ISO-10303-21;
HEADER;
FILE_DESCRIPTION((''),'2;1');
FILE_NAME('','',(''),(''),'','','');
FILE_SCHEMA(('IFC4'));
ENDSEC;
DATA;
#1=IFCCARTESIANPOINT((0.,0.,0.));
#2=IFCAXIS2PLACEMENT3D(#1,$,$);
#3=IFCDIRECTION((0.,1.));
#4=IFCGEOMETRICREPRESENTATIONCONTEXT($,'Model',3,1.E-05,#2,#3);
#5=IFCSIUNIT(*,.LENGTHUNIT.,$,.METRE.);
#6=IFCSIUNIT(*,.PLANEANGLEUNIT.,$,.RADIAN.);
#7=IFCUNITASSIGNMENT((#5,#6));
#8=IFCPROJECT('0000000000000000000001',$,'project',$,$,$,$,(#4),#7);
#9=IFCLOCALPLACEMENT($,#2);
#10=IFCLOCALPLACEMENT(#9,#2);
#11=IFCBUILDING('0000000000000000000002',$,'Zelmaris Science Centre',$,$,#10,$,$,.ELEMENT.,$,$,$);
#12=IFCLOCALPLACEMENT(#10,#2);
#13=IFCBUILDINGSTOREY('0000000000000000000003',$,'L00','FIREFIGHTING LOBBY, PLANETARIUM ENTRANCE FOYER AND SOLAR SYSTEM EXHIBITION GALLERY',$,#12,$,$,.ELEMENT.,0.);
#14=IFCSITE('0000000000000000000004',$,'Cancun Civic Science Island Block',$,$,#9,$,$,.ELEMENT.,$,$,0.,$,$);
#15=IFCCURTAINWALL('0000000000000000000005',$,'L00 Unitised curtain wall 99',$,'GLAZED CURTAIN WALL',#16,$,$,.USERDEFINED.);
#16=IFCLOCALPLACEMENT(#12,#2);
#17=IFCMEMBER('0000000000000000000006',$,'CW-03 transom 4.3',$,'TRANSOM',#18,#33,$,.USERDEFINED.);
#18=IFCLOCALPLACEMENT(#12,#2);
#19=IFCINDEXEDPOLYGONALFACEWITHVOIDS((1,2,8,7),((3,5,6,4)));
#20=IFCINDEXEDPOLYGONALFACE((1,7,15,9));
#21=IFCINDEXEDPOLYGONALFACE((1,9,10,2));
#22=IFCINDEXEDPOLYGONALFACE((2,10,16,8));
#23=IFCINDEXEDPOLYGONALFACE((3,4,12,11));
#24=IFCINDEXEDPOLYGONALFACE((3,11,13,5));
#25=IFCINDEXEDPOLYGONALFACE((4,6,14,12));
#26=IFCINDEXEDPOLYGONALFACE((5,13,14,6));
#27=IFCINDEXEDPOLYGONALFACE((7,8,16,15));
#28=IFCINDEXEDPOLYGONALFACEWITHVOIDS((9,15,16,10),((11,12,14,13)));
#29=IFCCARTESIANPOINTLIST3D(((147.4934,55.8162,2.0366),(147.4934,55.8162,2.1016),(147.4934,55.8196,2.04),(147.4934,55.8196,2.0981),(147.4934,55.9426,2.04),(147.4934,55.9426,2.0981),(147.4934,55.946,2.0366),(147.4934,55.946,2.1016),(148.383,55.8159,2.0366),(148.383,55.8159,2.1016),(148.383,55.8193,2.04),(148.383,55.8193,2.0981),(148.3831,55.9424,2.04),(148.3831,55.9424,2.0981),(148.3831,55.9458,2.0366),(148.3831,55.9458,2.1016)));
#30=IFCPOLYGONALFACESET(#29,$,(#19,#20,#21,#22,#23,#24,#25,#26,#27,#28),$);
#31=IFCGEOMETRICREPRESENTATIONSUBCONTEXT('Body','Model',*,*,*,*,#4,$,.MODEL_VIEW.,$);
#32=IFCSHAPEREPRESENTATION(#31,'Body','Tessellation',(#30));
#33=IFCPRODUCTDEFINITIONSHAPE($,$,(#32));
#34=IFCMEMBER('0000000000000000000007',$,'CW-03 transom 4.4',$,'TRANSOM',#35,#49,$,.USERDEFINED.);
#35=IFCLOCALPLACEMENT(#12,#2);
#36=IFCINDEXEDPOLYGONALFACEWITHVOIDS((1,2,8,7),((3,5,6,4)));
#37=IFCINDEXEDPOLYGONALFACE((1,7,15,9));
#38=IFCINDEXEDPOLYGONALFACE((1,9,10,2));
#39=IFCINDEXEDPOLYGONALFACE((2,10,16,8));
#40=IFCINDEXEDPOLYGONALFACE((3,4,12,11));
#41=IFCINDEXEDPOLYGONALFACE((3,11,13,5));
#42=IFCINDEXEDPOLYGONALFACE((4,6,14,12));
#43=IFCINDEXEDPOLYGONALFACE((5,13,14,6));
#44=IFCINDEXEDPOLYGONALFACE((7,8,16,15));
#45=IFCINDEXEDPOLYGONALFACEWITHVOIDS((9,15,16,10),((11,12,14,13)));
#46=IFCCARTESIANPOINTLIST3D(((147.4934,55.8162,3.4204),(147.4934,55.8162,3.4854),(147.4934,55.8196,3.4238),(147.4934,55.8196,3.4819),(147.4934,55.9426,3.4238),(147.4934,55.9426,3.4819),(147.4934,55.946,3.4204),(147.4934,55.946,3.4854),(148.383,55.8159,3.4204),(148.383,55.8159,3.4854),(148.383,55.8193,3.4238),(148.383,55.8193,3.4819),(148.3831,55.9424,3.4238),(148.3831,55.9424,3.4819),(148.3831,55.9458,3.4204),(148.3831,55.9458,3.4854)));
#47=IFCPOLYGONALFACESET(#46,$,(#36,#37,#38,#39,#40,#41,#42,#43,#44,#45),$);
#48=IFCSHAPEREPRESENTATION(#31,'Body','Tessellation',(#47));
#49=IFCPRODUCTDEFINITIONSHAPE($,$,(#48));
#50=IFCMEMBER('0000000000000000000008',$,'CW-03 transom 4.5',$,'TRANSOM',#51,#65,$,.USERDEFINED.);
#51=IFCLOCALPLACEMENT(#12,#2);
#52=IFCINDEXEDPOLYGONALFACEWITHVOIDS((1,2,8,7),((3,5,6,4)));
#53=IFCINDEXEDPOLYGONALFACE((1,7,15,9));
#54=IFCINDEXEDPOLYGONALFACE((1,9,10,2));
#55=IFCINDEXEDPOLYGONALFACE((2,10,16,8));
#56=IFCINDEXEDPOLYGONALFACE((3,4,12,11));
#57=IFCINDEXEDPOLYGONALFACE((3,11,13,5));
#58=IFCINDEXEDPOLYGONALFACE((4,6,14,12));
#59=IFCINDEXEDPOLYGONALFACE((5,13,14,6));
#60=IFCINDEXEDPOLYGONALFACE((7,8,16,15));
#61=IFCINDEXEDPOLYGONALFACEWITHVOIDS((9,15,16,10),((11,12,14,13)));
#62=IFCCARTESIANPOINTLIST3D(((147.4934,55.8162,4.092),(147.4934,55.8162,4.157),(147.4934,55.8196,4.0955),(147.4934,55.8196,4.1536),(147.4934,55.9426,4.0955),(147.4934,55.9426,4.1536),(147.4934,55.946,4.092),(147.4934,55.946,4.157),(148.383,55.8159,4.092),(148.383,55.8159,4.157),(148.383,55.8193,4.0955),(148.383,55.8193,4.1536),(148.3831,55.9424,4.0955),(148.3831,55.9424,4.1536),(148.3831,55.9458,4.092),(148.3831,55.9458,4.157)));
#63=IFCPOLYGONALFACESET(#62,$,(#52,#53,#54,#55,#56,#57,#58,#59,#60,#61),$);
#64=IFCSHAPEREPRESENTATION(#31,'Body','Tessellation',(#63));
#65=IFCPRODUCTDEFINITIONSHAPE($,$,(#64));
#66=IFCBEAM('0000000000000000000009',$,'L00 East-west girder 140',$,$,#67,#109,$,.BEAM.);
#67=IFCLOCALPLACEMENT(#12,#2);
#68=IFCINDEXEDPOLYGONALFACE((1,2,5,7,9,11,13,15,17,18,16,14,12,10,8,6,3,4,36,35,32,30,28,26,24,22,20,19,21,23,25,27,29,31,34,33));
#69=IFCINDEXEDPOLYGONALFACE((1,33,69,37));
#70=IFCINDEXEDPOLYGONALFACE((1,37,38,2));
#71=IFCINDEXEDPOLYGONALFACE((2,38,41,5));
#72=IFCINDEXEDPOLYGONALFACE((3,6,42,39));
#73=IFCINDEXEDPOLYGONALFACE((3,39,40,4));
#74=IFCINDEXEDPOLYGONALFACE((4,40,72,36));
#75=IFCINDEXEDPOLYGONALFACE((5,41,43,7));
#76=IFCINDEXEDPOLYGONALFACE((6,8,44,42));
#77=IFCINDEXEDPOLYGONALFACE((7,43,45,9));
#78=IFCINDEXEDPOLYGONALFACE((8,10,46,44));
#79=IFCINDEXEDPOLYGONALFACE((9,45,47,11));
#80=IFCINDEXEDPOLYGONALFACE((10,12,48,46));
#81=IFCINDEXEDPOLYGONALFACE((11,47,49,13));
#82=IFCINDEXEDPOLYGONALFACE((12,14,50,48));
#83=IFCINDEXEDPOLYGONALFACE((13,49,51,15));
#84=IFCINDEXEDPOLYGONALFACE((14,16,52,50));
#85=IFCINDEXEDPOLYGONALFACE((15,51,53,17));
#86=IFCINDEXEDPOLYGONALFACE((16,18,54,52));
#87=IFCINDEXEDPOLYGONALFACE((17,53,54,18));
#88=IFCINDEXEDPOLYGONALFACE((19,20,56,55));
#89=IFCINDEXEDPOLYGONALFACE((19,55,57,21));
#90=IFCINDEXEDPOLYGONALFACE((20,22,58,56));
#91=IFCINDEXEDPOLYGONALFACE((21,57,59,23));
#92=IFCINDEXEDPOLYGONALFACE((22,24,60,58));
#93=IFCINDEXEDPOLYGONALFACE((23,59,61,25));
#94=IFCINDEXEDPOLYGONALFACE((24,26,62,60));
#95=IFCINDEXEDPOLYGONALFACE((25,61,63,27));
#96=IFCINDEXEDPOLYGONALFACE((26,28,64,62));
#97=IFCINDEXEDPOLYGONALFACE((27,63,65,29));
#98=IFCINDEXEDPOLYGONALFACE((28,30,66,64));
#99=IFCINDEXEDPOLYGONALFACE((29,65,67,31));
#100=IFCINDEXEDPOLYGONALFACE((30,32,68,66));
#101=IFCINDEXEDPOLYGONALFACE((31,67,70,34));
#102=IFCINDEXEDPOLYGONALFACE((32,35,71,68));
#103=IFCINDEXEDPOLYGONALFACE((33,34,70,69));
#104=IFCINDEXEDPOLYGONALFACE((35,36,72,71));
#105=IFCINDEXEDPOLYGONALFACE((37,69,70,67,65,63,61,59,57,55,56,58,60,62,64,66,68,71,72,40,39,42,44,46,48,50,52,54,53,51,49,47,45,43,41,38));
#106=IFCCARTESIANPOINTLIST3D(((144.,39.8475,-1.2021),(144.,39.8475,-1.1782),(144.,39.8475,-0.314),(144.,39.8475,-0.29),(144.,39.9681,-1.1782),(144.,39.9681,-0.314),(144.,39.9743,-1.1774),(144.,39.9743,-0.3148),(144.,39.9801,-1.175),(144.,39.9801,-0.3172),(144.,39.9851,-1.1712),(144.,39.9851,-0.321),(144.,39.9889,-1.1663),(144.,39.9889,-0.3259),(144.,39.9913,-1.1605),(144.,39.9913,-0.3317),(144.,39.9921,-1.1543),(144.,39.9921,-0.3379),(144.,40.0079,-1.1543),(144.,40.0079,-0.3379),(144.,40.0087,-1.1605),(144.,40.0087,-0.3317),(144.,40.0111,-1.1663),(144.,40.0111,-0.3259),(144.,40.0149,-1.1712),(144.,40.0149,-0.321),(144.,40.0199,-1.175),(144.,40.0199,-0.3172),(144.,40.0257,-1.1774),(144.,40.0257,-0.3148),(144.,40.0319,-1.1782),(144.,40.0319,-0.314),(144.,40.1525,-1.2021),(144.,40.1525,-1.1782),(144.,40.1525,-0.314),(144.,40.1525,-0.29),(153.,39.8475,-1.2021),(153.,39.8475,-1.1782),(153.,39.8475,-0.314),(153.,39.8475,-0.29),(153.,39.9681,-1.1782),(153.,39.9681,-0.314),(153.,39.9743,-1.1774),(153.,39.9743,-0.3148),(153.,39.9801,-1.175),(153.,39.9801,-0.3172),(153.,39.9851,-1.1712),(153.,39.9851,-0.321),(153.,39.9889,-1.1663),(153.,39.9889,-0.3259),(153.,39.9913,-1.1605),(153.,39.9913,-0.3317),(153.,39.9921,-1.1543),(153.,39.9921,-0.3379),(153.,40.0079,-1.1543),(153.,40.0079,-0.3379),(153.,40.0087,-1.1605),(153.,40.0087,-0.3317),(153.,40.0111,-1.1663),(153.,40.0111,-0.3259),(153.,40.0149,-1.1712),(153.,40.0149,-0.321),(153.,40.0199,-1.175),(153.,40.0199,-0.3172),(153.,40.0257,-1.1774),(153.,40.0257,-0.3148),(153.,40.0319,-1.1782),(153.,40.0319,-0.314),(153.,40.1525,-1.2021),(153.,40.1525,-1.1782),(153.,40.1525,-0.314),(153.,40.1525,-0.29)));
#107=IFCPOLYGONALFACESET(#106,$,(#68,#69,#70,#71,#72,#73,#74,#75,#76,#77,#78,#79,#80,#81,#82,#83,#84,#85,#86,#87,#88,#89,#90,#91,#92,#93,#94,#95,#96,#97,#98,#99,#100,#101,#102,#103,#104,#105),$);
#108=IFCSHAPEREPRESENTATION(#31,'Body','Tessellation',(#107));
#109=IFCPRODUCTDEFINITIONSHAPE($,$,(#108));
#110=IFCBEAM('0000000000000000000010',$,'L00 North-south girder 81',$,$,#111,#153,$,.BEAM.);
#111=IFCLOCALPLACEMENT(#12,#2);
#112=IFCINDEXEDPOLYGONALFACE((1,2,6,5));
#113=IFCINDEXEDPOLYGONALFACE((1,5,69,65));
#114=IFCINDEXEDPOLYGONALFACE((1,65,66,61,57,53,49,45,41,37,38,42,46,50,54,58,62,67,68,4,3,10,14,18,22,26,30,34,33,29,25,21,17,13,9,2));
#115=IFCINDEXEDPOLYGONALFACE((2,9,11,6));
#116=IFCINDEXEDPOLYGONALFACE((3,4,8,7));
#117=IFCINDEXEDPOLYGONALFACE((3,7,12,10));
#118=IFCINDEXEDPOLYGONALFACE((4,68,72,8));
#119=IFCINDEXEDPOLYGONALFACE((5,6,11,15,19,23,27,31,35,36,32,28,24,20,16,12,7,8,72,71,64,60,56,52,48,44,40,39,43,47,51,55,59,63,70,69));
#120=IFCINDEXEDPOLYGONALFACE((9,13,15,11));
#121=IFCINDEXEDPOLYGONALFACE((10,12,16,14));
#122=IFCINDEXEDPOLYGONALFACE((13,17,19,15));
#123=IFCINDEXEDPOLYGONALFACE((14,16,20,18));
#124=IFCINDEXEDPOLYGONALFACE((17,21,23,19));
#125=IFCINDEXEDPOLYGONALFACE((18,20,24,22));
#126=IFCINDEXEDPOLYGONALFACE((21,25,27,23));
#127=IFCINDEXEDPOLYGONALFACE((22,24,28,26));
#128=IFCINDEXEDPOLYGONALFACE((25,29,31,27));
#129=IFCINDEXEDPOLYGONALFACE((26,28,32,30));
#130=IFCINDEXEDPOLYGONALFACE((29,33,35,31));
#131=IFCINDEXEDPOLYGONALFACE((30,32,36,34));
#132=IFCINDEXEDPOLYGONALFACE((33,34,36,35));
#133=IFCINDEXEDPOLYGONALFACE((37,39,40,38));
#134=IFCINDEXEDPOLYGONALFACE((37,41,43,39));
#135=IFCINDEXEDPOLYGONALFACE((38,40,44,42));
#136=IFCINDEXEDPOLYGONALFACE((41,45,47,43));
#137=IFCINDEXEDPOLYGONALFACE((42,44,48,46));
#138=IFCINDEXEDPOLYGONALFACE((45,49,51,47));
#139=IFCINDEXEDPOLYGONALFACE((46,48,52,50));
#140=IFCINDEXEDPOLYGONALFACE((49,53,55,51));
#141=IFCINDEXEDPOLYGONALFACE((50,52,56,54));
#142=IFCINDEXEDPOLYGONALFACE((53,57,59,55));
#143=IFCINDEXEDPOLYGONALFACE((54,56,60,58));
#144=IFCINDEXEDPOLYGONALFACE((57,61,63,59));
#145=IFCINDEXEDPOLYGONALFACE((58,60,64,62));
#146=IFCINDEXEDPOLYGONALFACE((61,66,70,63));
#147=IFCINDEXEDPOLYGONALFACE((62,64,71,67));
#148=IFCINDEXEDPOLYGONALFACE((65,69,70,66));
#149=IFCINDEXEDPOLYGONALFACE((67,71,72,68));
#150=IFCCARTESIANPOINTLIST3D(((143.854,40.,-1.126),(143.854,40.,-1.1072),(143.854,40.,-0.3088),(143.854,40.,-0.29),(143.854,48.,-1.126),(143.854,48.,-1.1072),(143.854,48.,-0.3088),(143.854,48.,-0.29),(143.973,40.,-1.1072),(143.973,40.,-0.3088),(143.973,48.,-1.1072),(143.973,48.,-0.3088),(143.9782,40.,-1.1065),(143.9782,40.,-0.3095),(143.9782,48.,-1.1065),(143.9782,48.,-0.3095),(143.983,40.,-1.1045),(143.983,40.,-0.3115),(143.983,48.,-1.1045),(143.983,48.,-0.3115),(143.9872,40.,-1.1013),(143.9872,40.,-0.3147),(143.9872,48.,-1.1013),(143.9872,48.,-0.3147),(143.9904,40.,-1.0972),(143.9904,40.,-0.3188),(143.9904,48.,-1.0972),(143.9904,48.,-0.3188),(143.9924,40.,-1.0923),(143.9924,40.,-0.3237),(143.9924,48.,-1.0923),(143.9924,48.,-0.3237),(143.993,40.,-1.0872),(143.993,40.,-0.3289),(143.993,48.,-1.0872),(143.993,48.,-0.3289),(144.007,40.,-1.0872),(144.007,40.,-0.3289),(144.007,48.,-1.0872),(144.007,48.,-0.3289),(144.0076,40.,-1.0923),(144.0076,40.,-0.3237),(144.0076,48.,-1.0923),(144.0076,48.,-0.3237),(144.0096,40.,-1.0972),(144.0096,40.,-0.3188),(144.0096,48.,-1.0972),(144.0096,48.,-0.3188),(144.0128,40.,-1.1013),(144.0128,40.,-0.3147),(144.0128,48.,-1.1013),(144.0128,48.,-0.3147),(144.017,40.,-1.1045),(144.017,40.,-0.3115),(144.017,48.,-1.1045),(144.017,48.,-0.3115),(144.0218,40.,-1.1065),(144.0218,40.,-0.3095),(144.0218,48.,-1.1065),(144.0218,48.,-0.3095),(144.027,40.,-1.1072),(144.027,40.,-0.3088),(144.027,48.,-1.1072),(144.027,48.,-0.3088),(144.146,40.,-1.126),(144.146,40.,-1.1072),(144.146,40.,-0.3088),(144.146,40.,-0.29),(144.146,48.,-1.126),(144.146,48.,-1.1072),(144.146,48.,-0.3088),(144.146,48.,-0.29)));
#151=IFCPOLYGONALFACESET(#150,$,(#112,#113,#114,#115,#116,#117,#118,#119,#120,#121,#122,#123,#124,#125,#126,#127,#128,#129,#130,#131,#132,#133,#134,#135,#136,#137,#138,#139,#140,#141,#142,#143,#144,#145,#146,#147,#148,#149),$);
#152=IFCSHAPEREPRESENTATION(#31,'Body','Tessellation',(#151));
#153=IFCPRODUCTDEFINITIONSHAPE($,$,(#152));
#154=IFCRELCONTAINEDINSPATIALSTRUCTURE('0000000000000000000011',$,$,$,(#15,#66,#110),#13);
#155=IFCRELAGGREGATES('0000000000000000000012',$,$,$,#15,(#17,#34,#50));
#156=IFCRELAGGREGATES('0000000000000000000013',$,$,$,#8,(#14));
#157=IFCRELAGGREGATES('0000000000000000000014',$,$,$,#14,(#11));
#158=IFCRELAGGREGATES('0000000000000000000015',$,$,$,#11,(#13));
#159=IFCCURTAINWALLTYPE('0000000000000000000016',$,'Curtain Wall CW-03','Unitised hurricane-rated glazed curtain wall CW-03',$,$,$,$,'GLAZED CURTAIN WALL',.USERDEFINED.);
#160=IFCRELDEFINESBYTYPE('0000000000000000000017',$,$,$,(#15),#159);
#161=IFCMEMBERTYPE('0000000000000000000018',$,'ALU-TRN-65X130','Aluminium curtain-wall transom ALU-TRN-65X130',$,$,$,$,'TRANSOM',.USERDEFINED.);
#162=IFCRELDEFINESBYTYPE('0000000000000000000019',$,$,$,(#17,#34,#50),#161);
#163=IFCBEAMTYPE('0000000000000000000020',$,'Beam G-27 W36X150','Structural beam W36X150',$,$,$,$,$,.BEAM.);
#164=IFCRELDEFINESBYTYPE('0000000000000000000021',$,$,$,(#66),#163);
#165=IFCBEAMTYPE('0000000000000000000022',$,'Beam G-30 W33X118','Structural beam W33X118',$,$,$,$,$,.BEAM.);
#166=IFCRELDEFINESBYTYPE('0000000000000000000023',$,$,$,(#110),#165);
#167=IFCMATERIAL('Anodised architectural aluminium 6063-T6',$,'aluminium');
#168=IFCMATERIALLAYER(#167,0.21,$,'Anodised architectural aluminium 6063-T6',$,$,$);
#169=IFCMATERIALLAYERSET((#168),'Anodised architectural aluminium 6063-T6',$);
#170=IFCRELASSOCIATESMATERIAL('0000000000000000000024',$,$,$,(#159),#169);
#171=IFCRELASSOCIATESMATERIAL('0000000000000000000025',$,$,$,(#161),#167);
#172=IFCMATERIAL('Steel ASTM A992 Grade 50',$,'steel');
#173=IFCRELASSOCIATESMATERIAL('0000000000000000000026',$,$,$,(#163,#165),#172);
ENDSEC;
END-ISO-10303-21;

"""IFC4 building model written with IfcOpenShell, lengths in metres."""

from ifc_helpers import new_model, si_unit, direction, frame, origin, origin_2d, place, context, subcontext, project, spatial, hollow_rectangle, i_section, extrude, material, layer, layer_set, material_profile, profile_set, type_object, element, aggregate, save


model = new_model("IFC4")

# Units and contexts
model_context = context("Model", 3, precision=1e-05, world=origin(), true_north=direction((0.0, 1.0)))
body_context = subcontext(model_context, "Body", "Model", "MODEL_VIEW")
ifc_project = project(units=[si_unit("LENGTHUNIT", "METRE"), si_unit("PLANEANGLEUNIT", "RADIAN")], contexts=[model_context])

# Site, building, storey
site_placement = place(None, origin())
site = spatial("IfcSite", under=ifc_project, at=site_placement, Name="Cancun Civic Science Island Block", CompositionType="ELEMENT", RefElevation=0.0)
building_placement = place(site_placement, origin())
building = spatial("IfcBuilding", under=site, at=building_placement, Name="Zelmaris Science Centre", CompositionType="ELEMENT")
storey_placement = place(building_placement, origin())
storey = spatial("IfcBuildingStorey", under=building, at=storey_placement, Name="L00", Description="FIREFIGHTING LOBBY, PLANETARIUM ENTRANCE FOYER AND SOLAR SYSTEM EXHIBITION GALLERY", CompositionType="ELEMENT", Elevation=0.0)

# Shared definitions
ifc_material_1 = material(Name="Steel ASTM A992 Grade 50", Category="steel")

# Curtain wall, members
ifc_material_2 = material(Name="Anodised architectural aluminium 6063-T6", Category="aluminium")
ifc_layer_1 = layer(ifc_material_2, 0.21, Name="Anodised architectural aluminium 6063-T6")
ifc_layer_set_1 = layer_set([ifc_layer_1], Name="Anodised architectural aluminium 6063-T6")
curtain_wall_type = type_object("IfcCurtainWallType", Name="Curtain Wall CW-03", Description="Unitised hurricane-rated glazed curtain wall CW-03", ElementType="GLAZED CURTAIN WALL", PredefinedType="USERDEFINED", material=ifc_layer_set_1)
curtain_wall_placement = place(storey_placement, origin())
curtain_wall = element("IfcCurtainWall", 1, at=curtain_wall_placement, inside=storey, type_object=curtain_wall_type, Name="L00 Unitised curtain wall 99", ObjectType="GLAZED CURTAIN WALL", PredefinedType="USERDEFINED")
ifc_material_profile_1 = material_profile(ifc_material_2, hollow_rectangle(XDim=0.0649, YDim=0.1299, WallThickness=0.0034, at=origin_2d()), Name="ALU-TRN-65X130")
ifc_profile_set_1 = profile_set([ifc_material_profile_1], Name="Anodised architectural aluminium 6063-T6")
member_type_1 = type_object("IfcMemberType", Name="ALU-TRN-65X130", Description="Aluminium curtain-wall transom ALU-TRN-65X130", ElementType="TRANSOM", PredefinedType="USERDEFINED", material=ifc_profile_set_1)
member_1_placement = place(storey_placement, frame((147.4934, 55.8811, 2.0691), z_axis=(1.0, -0.000274, 0.0), x_axis=(0.0, 0.0, 1.0)))
member_1 = element("IfcMember", 2, at=member_1_placement, type_object=member_type_1, Name="CW-03 transom 4.3", ObjectType="TRANSOM", PredefinedType="USERDEFINED", context=body_context, shape_type="SweptSolid", body=[
    extrude(hollow_rectangle(XDim=0.0649, YDim=0.1299, WallThickness=0.0034, at=origin_2d()), origin(), (0.0, 0.0, 1.0), 0.8896),
])
member_2_placement = place(storey_placement, frame((147.4934, 55.8811, 3.4529), z_axis=(1.0, -0.000274, 0.0), x_axis=(0.0, 0.0, 1.0)))
member_2 = element("IfcMember", 3, at=member_2_placement, type_object=member_type_1, Name="CW-03 transom 4.4", ObjectType="TRANSOM", PredefinedType="USERDEFINED", context=body_context, shape_type="SweptSolid", body=[
    extrude(hollow_rectangle(XDim=0.0649, YDim=0.1299, WallThickness=0.0034, at=origin_2d()), origin(), (0.0, 0.0, 1.0), 0.8896),
])
member_3_placement = place(storey_placement, frame((147.4934, 55.8811, 4.1245), z_axis=(1.0, -0.000274, 0.0), x_axis=(0.0, 0.0, 1.0)))
member_3 = element("IfcMember", 4, at=member_3_placement, type_object=member_type_1, Name="CW-03 transom 4.5", ObjectType="TRANSOM", PredefinedType="USERDEFINED", context=body_context, shape_type="SweptSolid", body=[
    extrude(hollow_rectangle(XDim=0.0649, YDim=0.1299, WallThickness=0.0034, at=origin_2d()), origin(), (0.0, 0.0, 1.0), 0.8896),
])

# Beams
ifc_material_profile_2 = material_profile(ifc_material_1, i_section(OverallWidth=0.3049, OverallDepth=0.9121, WebThickness=0.0159, FlangeThickness=0.0239, FilletRadius=0.0239, at=origin_2d()), Name="W36X150")
ifc_profile_set_2 = profile_set([ifc_material_profile_2], Name="Steel ASTM A992 Grade 50")
beam_type_1 = type_object("IfcBeamType", Name="Beam G-27 W36X150", Description="Structural beam W36X150", PredefinedType="BEAM", material=ifc_profile_set_2)
beam_1_placement = place(storey_placement, frame((144.0, 40.0, -0.7461), z_axis=(1.0, 0.0, 0.0), x_axis=(0.0, 1.0, 0.0)))
element("IfcBeam", 5, at=beam_1_placement, inside=storey, type_object=beam_type_1, Name="L00 East-west girder 140", PredefinedType="BEAM", context=body_context, shape_type="SweptSolid", body=[
    extrude(i_section(OverallWidth=0.3049, OverallDepth=0.9121, WebThickness=0.0159, FlangeThickness=0.0239, FilletRadius=0.0239, at=origin_2d()), origin(), (0.0, 0.0, 1.0), 9.0),
])
ifc_material_profile_3 = material_profile(ifc_material_1, i_section(OverallWidth=0.292, OverallDepth=0.8359, WebThickness=0.0139, FlangeThickness=0.0188, FilletRadius=0.02, at=origin_2d()), Name="W33X118")
ifc_profile_set_3 = profile_set([ifc_material_profile_3], Name="Steel ASTM A992 Grade 50")
beam_type_2 = type_object("IfcBeamType", Name="Beam G-30 W33X118", Description="Structural beam W33X118", PredefinedType="BEAM", material=ifc_profile_set_3)
beam_2_placement = place(storey_placement, frame((144.0, 40.0, -0.708), z_axis=(0.0, 1.0, 0.0), x_axis=(-1.0, 0.0, 0.0)))
element("IfcBeam", 6, at=beam_2_placement, inside=storey, type_object=beam_type_2, Name="L00 North-south girder 81", PredefinedType="BEAM", context=body_context, shape_type="SweptSolid", body=[
    extrude(i_section(OverallWidth=0.292, OverallDepth=0.8359, WebThickness=0.0139, FlangeThickness=0.0188, FilletRadius=0.02, at=origin_2d()), origin(), (0.0, 0.0, 1.0), 8.0),
])

aggregate(curtain_wall, [member_1, member_2, member_3])

save(model, "model.ifc")
